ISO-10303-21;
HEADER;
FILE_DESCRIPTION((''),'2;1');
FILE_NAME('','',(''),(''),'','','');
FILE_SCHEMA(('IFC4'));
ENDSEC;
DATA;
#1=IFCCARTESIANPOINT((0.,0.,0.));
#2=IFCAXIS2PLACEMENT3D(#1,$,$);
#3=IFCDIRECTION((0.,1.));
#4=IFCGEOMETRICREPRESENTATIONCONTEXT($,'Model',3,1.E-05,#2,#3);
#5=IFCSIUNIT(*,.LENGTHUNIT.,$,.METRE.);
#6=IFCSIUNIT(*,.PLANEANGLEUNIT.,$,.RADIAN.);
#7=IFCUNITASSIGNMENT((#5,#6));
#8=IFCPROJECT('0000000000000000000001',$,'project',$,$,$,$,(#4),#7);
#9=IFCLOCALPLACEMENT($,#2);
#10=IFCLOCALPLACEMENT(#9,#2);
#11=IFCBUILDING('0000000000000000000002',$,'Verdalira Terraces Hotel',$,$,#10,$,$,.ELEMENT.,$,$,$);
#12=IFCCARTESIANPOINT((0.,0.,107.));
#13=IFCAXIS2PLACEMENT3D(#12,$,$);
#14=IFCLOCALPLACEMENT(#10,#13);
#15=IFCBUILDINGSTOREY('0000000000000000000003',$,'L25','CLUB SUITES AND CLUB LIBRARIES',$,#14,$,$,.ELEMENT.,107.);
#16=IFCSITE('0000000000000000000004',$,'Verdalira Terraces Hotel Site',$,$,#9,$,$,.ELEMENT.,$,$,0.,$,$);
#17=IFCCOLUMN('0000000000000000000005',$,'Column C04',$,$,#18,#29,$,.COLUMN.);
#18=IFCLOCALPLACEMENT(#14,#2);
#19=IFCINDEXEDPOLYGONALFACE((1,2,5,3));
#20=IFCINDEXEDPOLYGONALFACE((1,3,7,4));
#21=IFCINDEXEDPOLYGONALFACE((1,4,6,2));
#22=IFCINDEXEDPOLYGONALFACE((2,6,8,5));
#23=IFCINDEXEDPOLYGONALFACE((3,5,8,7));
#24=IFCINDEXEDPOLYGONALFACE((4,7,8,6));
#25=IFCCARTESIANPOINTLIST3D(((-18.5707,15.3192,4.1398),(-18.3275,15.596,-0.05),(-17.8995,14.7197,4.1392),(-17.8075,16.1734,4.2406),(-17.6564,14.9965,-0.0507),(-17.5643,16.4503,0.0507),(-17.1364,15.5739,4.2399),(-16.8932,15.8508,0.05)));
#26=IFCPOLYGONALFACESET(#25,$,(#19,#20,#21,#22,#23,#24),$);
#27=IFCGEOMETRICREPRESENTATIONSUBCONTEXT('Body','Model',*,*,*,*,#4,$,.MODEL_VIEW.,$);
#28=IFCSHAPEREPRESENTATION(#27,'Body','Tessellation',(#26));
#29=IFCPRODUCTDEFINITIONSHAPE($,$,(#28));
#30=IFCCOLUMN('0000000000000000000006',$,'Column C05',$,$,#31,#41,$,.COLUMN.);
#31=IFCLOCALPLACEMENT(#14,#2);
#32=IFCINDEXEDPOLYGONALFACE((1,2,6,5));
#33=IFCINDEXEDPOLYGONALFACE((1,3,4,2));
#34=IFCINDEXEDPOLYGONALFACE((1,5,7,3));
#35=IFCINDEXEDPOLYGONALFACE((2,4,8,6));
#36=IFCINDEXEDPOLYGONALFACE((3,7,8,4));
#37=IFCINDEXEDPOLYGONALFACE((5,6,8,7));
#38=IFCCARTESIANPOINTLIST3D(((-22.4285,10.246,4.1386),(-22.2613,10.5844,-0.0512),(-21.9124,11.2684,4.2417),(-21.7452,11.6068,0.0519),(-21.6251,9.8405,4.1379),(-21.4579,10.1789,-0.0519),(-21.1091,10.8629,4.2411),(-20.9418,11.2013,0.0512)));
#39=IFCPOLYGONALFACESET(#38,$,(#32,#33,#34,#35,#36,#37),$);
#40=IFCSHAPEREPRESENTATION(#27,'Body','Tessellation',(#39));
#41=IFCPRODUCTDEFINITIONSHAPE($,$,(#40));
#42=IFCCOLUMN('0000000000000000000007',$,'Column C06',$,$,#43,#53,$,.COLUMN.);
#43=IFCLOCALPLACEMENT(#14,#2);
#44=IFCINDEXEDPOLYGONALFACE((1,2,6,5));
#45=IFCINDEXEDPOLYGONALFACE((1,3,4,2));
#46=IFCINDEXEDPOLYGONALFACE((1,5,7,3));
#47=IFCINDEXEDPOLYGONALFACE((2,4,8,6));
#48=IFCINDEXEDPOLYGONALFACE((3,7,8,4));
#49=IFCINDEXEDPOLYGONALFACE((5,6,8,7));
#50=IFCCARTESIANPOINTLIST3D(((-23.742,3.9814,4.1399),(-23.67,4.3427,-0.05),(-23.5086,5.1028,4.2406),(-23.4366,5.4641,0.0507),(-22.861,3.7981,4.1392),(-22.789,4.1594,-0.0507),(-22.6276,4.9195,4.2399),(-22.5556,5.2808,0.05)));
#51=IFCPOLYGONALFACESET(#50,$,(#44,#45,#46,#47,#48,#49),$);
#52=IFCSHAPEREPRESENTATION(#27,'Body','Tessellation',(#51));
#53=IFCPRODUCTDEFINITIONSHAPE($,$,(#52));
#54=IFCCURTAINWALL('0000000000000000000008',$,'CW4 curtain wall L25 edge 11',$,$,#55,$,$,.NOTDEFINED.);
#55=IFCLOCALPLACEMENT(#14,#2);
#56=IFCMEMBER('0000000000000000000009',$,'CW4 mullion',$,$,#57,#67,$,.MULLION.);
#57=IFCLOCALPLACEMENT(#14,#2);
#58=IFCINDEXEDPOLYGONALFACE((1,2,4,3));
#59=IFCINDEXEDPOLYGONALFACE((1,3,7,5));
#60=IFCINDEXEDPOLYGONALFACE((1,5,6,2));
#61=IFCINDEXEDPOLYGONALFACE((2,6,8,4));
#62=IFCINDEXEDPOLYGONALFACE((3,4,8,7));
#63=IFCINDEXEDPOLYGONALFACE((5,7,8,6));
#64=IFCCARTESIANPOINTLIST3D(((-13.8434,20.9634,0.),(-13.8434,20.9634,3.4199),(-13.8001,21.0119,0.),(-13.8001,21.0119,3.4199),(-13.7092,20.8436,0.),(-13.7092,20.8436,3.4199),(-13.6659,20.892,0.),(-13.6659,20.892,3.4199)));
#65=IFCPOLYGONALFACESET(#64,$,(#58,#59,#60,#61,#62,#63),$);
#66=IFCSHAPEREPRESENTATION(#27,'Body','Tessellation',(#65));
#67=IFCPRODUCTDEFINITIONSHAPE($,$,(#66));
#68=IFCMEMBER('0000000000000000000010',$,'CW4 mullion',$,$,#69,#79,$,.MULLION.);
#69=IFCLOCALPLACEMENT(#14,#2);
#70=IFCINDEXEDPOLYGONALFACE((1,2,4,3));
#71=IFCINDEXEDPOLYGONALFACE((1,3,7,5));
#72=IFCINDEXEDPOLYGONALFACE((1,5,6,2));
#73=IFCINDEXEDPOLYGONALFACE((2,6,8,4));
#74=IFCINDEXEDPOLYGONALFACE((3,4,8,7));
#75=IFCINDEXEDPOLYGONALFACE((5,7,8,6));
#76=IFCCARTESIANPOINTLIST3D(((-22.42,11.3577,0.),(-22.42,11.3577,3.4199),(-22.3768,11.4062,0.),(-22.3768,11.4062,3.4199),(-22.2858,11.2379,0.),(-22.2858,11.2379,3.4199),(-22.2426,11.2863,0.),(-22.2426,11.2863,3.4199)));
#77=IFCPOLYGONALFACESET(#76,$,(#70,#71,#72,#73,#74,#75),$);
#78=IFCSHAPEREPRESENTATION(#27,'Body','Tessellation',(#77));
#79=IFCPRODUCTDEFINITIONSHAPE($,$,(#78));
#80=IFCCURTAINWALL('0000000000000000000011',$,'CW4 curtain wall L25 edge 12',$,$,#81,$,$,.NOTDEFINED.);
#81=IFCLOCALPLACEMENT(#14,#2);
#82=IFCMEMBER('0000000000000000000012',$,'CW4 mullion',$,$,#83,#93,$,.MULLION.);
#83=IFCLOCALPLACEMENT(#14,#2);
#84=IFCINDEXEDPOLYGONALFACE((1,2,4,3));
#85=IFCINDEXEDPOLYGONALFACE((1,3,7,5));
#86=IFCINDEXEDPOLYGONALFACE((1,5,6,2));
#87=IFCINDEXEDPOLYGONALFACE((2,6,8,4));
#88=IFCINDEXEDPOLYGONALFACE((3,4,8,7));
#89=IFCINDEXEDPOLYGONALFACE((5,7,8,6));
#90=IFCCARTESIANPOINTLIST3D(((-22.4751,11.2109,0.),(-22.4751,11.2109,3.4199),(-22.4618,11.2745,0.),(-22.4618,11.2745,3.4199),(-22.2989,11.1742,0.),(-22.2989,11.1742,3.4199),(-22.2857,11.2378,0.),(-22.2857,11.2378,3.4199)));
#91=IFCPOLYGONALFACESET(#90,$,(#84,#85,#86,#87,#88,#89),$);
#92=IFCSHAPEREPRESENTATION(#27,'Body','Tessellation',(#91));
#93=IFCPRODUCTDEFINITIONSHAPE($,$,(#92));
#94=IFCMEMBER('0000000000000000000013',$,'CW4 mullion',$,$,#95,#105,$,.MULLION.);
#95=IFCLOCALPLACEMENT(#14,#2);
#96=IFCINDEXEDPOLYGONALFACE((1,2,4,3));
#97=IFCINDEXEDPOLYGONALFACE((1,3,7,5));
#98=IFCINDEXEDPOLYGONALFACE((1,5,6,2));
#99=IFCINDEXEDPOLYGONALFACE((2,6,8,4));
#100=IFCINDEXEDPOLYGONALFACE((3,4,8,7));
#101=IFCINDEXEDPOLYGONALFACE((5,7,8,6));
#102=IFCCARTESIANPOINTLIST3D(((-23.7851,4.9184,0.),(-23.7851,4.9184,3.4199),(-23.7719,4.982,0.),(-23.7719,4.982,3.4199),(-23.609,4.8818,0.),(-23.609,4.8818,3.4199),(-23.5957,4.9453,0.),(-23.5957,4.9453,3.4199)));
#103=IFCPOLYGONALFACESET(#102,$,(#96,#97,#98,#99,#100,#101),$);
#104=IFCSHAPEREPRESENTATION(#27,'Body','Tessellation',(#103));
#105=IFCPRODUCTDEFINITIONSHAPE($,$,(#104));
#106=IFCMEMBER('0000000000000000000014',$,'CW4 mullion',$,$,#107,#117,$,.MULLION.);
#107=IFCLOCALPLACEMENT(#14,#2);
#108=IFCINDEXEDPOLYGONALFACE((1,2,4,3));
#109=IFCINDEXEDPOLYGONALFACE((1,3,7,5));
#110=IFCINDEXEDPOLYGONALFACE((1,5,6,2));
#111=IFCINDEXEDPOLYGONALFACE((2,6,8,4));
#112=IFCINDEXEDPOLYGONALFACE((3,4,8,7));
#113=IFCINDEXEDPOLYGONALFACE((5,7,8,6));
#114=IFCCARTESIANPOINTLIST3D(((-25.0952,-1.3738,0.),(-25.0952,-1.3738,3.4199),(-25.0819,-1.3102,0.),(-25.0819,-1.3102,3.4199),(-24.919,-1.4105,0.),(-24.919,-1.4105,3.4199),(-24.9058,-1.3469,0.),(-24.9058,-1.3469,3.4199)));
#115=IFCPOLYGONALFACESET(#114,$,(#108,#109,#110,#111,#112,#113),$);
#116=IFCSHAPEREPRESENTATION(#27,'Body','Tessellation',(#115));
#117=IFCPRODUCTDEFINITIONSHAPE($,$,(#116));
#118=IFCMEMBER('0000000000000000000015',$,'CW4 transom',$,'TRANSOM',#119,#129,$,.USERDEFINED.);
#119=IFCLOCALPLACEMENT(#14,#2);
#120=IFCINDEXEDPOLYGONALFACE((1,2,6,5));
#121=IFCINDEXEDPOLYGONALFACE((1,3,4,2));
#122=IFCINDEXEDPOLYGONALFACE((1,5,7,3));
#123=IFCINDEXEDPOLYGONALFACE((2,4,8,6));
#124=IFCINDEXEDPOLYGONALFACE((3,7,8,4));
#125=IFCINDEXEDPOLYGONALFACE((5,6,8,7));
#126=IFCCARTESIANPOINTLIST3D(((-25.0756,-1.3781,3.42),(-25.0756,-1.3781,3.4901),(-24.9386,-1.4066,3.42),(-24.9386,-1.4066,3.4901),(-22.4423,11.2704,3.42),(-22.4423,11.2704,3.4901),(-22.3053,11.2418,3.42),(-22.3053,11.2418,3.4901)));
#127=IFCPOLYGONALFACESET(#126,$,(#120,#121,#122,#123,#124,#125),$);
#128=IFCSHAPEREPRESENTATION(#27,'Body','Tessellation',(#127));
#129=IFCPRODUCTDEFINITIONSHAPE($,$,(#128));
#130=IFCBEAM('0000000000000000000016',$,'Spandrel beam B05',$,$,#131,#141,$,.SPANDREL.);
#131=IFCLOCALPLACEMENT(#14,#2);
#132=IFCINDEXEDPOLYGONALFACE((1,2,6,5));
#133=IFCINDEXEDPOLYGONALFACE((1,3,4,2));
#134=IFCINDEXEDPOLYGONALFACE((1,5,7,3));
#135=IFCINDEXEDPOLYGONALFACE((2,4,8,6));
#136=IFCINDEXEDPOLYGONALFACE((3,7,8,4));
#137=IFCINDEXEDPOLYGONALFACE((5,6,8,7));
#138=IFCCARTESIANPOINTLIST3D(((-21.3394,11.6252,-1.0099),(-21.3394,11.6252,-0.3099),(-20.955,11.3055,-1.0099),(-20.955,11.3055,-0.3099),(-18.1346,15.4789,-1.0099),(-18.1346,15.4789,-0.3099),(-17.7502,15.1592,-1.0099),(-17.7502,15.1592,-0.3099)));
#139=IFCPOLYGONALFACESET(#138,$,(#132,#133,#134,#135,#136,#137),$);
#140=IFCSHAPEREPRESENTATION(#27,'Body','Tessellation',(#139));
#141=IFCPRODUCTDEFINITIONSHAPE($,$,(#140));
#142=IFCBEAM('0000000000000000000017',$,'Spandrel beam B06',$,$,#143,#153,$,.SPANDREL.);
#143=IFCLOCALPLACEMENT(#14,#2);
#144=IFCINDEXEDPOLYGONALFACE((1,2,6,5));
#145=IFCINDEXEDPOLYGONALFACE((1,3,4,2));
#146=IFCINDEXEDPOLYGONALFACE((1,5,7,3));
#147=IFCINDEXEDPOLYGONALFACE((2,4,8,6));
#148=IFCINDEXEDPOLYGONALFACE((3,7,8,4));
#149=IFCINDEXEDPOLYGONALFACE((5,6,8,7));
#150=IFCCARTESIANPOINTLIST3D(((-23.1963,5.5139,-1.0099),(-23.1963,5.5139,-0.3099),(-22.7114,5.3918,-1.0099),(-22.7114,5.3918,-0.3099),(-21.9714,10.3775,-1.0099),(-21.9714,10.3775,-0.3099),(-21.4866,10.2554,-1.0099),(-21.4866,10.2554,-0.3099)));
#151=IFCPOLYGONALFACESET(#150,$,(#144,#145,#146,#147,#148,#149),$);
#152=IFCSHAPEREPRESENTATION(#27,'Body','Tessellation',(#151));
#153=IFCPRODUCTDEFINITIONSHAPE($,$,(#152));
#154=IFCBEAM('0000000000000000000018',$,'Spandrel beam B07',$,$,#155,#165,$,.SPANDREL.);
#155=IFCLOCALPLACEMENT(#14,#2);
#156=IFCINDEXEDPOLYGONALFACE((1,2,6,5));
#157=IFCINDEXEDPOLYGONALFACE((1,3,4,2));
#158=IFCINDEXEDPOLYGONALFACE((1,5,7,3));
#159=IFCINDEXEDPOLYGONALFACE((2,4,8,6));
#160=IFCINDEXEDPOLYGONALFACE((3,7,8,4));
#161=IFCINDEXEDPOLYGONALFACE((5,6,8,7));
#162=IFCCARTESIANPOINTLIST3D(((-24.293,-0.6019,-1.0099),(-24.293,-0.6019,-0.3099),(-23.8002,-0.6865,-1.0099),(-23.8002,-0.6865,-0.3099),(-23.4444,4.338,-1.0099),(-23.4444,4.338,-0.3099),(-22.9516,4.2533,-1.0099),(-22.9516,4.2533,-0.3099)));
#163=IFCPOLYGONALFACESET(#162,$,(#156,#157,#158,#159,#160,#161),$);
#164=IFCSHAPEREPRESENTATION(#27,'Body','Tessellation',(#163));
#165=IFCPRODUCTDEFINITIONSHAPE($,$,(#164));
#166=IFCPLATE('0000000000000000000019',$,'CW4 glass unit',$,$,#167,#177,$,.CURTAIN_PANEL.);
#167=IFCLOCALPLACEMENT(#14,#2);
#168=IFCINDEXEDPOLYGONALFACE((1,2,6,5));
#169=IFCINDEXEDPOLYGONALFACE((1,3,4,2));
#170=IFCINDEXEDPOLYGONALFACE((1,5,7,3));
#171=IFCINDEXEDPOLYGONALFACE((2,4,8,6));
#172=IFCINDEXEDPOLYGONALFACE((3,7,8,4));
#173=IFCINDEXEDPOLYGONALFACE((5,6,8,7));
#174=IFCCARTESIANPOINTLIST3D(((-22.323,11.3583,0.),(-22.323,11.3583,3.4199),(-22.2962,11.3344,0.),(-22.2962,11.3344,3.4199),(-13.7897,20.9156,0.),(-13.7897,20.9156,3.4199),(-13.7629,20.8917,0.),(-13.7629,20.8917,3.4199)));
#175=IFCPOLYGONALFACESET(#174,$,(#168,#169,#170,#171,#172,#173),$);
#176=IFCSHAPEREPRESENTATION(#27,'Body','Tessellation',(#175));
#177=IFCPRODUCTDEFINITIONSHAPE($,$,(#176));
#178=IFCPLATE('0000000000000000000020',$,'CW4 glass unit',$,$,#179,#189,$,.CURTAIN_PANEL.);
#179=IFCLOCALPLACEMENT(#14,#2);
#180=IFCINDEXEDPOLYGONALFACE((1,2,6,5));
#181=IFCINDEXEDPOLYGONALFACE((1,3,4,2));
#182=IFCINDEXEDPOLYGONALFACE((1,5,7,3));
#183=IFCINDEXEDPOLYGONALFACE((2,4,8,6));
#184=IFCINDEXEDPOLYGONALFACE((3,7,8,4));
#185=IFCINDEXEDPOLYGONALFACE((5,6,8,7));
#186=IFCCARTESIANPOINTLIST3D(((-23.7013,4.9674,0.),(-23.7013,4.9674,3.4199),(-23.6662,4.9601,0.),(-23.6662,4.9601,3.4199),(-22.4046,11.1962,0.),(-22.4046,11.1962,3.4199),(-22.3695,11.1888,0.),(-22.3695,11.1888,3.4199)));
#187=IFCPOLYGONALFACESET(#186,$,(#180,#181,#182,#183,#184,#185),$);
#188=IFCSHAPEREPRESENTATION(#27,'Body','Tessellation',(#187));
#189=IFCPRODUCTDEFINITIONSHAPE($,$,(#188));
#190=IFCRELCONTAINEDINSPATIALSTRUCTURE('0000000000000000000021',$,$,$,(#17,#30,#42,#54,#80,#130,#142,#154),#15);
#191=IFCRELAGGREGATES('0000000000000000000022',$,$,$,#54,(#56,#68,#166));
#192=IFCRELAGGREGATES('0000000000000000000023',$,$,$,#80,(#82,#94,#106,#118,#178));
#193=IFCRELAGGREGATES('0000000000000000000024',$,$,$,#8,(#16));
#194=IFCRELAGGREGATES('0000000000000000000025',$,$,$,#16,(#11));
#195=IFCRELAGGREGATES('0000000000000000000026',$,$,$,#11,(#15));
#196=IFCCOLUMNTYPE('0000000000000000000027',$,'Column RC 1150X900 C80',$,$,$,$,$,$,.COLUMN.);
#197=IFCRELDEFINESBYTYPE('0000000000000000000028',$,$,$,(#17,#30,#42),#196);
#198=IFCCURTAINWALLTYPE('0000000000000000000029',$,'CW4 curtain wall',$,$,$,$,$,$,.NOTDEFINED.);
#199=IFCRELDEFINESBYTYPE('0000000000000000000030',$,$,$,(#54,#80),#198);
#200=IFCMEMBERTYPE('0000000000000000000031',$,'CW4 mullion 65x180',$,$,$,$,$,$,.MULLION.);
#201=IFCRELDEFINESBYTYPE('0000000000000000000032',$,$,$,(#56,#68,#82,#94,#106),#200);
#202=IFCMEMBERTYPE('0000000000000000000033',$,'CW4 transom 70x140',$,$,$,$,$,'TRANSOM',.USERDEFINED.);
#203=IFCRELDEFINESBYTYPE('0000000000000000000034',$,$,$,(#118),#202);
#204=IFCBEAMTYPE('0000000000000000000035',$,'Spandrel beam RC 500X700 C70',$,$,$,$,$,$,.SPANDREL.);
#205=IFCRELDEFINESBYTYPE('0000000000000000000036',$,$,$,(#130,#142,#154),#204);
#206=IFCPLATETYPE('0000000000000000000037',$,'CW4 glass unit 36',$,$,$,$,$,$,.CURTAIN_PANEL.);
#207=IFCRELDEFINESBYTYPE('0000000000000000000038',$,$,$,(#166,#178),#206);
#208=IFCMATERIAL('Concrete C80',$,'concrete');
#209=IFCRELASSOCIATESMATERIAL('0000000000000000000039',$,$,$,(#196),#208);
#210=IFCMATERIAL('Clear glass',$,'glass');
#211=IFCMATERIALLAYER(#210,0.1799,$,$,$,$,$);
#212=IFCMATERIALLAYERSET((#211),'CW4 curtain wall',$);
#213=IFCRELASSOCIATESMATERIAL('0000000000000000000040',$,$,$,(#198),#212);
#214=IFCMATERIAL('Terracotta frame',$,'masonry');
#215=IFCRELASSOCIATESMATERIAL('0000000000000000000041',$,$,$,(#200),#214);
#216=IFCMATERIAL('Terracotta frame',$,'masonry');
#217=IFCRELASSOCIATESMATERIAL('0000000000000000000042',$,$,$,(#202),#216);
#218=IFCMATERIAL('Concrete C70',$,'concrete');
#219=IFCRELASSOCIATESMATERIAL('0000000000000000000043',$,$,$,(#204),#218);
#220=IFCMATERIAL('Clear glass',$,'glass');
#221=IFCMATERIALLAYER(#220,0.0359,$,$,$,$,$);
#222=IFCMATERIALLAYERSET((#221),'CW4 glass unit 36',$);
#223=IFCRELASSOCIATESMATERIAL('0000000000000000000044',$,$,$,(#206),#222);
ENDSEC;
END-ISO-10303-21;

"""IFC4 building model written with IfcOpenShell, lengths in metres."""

from ifc_helpers import new_model, si_unit, direction, frame, origin, origin_2d, place, context, subcontext, project, spatial, rectangle, extrude, material, layer, layer_set, material_profile, profile_set, type_object, element, aggregate, save


model = new_model("IFC4")

# Units and contexts
model_context = context("Model", 3, precision=1e-05, world=origin(), true_north=direction((0.0, 1.0)))
body_context = subcontext(model_context, "Body", "Model", "MODEL_VIEW")
ifc_project = project(units=[si_unit("LENGTHUNIT", "METRE"), si_unit("PLANEANGLEUNIT", "RADIAN")], contexts=[model_context])

# Site, building, storey
site_placement = place(None, origin())
site = spatial("IfcSite", under=ifc_project, at=site_placement, Name="Verdalira Terraces Hotel Site", CompositionType="ELEMENT", RefElevation=0.0)
building_placement = place(site_placement, origin())
building = spatial("IfcBuilding", under=site, at=building_placement, Name="Verdalira Terraces Hotel", CompositionType="ELEMENT")
storey_placement = place(building_placement, frame((0.0, 0.0, 107.0)))
storey = spatial("IfcBuildingStorey", under=building, at=storey_placement, Name="L25", Description="CLUB SUITES AND CLUB LIBRARIES", CompositionType="ELEMENT", Elevation=107.0)

# Columns
ifc_material_1 = material(Name="Concrete C80", Category="concrete")
ifc_material_profile_1 = material_profile(ifc_material_1, rectangle(XDim=1.1499, YDim=0.8999, at=origin_2d()), Name="RC 1150X900")
ifc_profile_set_1 = profile_set([ifc_material_profile_1], Name="Concrete C80")
column_type = type_object("IfcColumnType", Name="Column RC 1150X900 C80", PredefinedType="COLUMN", material=ifc_profile_set_1)
column_1_placement = place(storey_placement, frame((-17.6104, 15.7234, 0.0), z_axis=(-0.057812, -0.065822, 0.996155), x_axis=(-0.663669, -0.742879, -0.087603)))
element("IfcColumn", 1, at=column_1_placement, inside=storey, type_object=column_type, Name="Column C04", PredefinedType="COLUMN", context=body_context, shape_type="SweptSolid", body=[
    extrude(rectangle(XDim=1.1499, YDim=0.8999, at=origin_2d()), origin(), (0.0, 0.0, 1.0), 4.2061),
])
column_2_placement = place(storey_placement, frame((-21.6016, 10.8928, 0.0), z_axis=(-0.039753, -0.080434, 0.995967), x_axis=(0.448807, 0.889114, 0.089718)))
element("IfcColumn", 2, at=column_2_placement, inside=storey, type_object=column_type, Name="Column C05", PredefinedType="COLUMN", context=body_context, shape_type="SweptSolid", body=[
    extrude(rectangle(XDim=1.1499, YDim=0.8999, at=origin_2d()), origin(), (0.0, 0.0, 1.0), 4.2068),
])
column_3_placement = place(storey_placement, frame((-23.1128, 4.8118, 0.0), z_axis=(-0.017123, -0.085906, 0.996156), x_axis=(-0.202969, -0.97526, -0.087592)))
element("IfcColumn", 3, at=column_3_placement, inside=storey, type_object=column_type, Name="Column C06", PredefinedType="COLUMN", context=body_context, shape_type="SweptSolid", body=[
    extrude(rectangle(XDim=1.1499, YDim=0.8999, at=origin_2d()), origin(), (0.0, 0.0, 1.0), 4.2061),
])

# Curtain walls, members
ifc_material_2 = material(Name="Clear glass", Category="glass")
ifc_layer_1 = layer(ifc_material_2, 0.1799)
ifc_layer_set_1 = layer_set([ifc_layer_1], Name="CW4 curtain wall")
curtain_wall_type = type_object("IfcCurtainWallType", Name="CW4 curtain wall", PredefinedType="NOTDEFINED", material=ifc_layer_set_1)
curtain_wall_1_placement = place(storey_placement, origin())
curtain_wall_1 = element("IfcCurtainWall", 4, at=curtain_wall_1_placement, inside=storey, type_object=curtain_wall_type, Name="CW4 curtain wall L25 edge 11", PredefinedType="NOTDEFINED")
ifc_material_3 = material(Name="Terracotta frame", Category="masonry")
ifc_material_profile_2 = material_profile(ifc_material_3, rectangle(XDim=0.0649, YDim=0.1799, at=origin_2d()), Name="MU 65x180")
ifc_profile_set_2 = profile_set([ifc_material_profile_2], Name="Terracotta frame")
member_type_1 = type_object("IfcMemberType", Name="CW4 mullion 65x180", PredefinedType="MULLION", material=ifc_profile_set_2)
member_1_placement = place(storey_placement, frame((-13.7546, 20.9277, 0.0), z_axis=(0.0, 0.0, 1.0), x_axis=(-0.666012, -0.745941, 0.0)))
member_1 = element("IfcMember", 5, at=member_1_placement, type_object=member_type_1, Name="CW4 mullion", PredefinedType="MULLION", context=body_context, shape_type="SweptSolid", body=[
    extrude(rectangle(XDim=0.0649, YDim=0.1799, at=origin_2d()), origin(), (0.0, 0.0, 1.0), 3.4199),
])
member_2_placement = place(storey_placement, frame((-22.3313, 11.322, 0.0), z_axis=(0.0, 0.0, 1.0), x_axis=(-0.666012, -0.745941, 0.0)))
member_2 = element("IfcMember", 6, at=member_2_placement, type_object=member_type_1, Name="CW4 mullion", PredefinedType="MULLION", context=body_context, shape_type="SweptSolid", body=[
    extrude(rectangle(XDim=0.0649, YDim=0.1799, at=origin_2d()), origin(), (0.0, 0.0, 1.0), 3.4199),
])
curtain_wall_2_placement = place(storey_placement, origin())
curtain_wall_2 = element("IfcCurtainWall", 7, at=curtain_wall_2_placement, inside=storey, type_object=curtain_wall_type, Name="CW4 curtain wall L25 edge 12", PredefinedType="NOTDEFINED")
member_3_placement = place(storey_placement, frame((-22.3804, 11.2244, 0.0), z_axis=(0.0, 0.0, 1.0), x_axis=(-0.203813, -0.97901, 0.0)))
member_3 = element("IfcMember", 8, at=member_3_placement, type_object=member_type_1, Name="CW4 mullion", PredefinedType="MULLION", context=body_context, shape_type="SweptSolid", body=[
    extrude(rectangle(XDim=0.0649, YDim=0.1799, at=origin_2d()), origin(), (0.0, 0.0, 1.0), 3.4199),
])
member_4_placement = place(storey_placement, frame((-23.6904, 4.9319, 0.0), z_axis=(0.0, 0.0, 1.0), x_axis=(-0.203813, -0.97901, 0.0)))
member_4 = element("IfcMember", 9, at=member_4_placement, type_object=member_type_1, Name="CW4 mullion", PredefinedType="MULLION", context=body_context, shape_type="SweptSolid", body=[
    extrude(rectangle(XDim=0.0649, YDim=0.1799, at=origin_2d()), origin(), (0.0, 0.0, 1.0), 3.4199),
])
member_5_placement = place(storey_placement, frame((-25.0005, -1.3604, 0.0), z_axis=(0.0, 0.0, 1.0), x_axis=(-0.203813, -0.97901, 0.0)))
member_5 = element("IfcMember", 10, at=member_5_placement, type_object=member_type_1, Name="CW4 mullion", PredefinedType="MULLION", context=body_context, shape_type="SweptSolid", body=[
    extrude(rectangle(XDim=0.0649, YDim=0.1799, at=origin_2d()), origin(), (0.0, 0.0, 1.0), 3.4199),
])
ifc_material_4 = material(Name="Terracotta frame", Category="masonry")
ifc_material_profile_3 = material_profile(ifc_material_4, rectangle(XDim=0.1399, YDim=0.0701, at=origin_2d()), Name="TR 70x140")
ifc_profile_set_3 = profile_set([ifc_material_profile_3], Name="Terracotta frame")
member_type_2 = type_object("IfcMemberType", Name="CW4 transom 70x140", ElementType="TRANSOM", PredefinedType="USERDEFINED", material=ifc_profile_set_3)
member_6_placement = place(storey_placement, frame((-22.3738, 11.2561, 3.4551), z_axis=(-0.203821, -0.979008, 0.0), x_axis=(0.979008, -0.203821, 0.0)))
member_6 = element("IfcMember", 11, at=member_6_placement, type_object=member_type_2, Name="CW4 transom", ObjectType="TRANSOM", PredefinedType="USERDEFINED", context=body_context, shape_type="SweptSolid", body=[
    extrude(rectangle(XDim=0.1399, YDim=0.0701, at=origin_2d()), origin(), (0.0, 0.0, 1.0), 12.9197),
])

# Beams
ifc_material_5 = material(Name="Concrete C70", Category="concrete")
ifc_material_profile_4 = material_profile(ifc_material_5, rectangle(XDim=0.5, YDim=0.7, at=origin_2d()), Name="RC 500X700")
ifc_profile_set_4 = profile_set([ifc_material_profile_4], Name="Concrete C70")
beam_type = type_object("IfcBeamType", Name="Spandrel beam RC 500X700 C70", PredefinedType="SPANDREL", material=ifc_profile_set_4)
beam_1_placement = place(storey_placement, frame((-17.9424, 15.3191, -0.6599), z_axis=(-0.639403, -0.768872, 0.0), x_axis=(0.768872, -0.639403, 0.0)))
element("IfcBeam", 12, at=beam_1_placement, inside=storey, type_object=beam_type, Name="Spandrel beam B05", PredefinedType="SPANDREL", context=body_context, shape_type="SweptSolid", body=[
    extrude(rectangle(XDim=0.5, YDim=0.7, at=origin_2d()), origin(), (0.0, 0.0, 1.0), 5.0122),
])
beam_2_placement = place(storey_placement, frame((-21.729, 10.3164, -0.6599), z_axis=(-0.244219, -0.96972, 0.0), x_axis=(0.96972, -0.244219, 0.0)))
element("IfcBeam", 13, at=beam_2_placement, inside=storey, type_object=beam_type, Name="Spandrel beam B06", PredefinedType="SPANDREL", context=body_context, shape_type="SweptSolid", body=[
    extrude(rectangle(XDim=0.5, YDim=0.7, at=origin_2d()), origin(), (0.0, 0.0, 1.0), 5.0154),
])
beam_3_placement = place(storey_placement, frame((-23.198, 4.2957, -0.6599), z_axis=(-0.16931, -0.985563, 0.0), x_axis=(0.985563, -0.16931, 0.0)))
element("IfcBeam", 14, at=beam_3_placement, inside=storey, type_object=beam_type, Name="Spandrel beam B07", PredefinedType="SPANDREL", context=body_context, shape_type="SweptSolid", body=[
    extrude(rectangle(XDim=0.5, YDim=0.7, at=origin_2d()), origin(), (0.0, 0.0, 1.0), 5.0122),
])

# Plates
ifc_material_6 = material(Name="Clear glass", Category="glass")
ifc_layer_2 = layer(ifc_material_6, 0.0359)
ifc_layer_set_2 = layer_set([ifc_layer_2], Name="CW4 glass unit 36")
plate_type = type_object("IfcPlateType", Name="CW4 glass unit 36", PredefinedType="CURTAIN_PANEL", material=ifc_layer_set_2)
plate_1_placement = place(storey_placement, frame((-18.043, 16.125, 0.0), z_axis=(0.0, 0.0, 1.0), x_axis=(-0.666012, -0.745941, 0.0)))
plate_1 = element("IfcPlate", 15, at=plate_1_placement, type_object=plate_type, Name="CW4 glass unit", PredefinedType="CURTAIN_PANEL", context=body_context, shape_type="SweptSolid", body=[
    extrude(rectangle(XDim=12.8125, YDim=0.0359, at=origin_2d()), origin(), (0.0, 0.0, 1.0), 3.4199),
])
aggregate(curtain_wall_1, [member_1, member_2, plate_1])
plate_2_placement = place(storey_placement, frame((-23.0354, 8.0781, 0.0), z_axis=(0.0, 0.0, 1.0), x_axis=(-0.203813, -0.97901, 0.0)))
plate_2 = element("IfcPlate", 16, at=plate_2_placement, type_object=plate_type, Name="CW4 glass unit", PredefinedType="CURTAIN_PANEL", context=body_context, shape_type="SweptSolid", body=[
    extrude(rectangle(XDim=6.3623, YDim=0.0359, at=origin_2d()), origin(), (0.0, 0.0, 1.0), 3.4199),
])
aggregate(curtain_wall_2, [member_3, member_4, member_5, member_6, plate_2])

save(model, "model.ifc")
